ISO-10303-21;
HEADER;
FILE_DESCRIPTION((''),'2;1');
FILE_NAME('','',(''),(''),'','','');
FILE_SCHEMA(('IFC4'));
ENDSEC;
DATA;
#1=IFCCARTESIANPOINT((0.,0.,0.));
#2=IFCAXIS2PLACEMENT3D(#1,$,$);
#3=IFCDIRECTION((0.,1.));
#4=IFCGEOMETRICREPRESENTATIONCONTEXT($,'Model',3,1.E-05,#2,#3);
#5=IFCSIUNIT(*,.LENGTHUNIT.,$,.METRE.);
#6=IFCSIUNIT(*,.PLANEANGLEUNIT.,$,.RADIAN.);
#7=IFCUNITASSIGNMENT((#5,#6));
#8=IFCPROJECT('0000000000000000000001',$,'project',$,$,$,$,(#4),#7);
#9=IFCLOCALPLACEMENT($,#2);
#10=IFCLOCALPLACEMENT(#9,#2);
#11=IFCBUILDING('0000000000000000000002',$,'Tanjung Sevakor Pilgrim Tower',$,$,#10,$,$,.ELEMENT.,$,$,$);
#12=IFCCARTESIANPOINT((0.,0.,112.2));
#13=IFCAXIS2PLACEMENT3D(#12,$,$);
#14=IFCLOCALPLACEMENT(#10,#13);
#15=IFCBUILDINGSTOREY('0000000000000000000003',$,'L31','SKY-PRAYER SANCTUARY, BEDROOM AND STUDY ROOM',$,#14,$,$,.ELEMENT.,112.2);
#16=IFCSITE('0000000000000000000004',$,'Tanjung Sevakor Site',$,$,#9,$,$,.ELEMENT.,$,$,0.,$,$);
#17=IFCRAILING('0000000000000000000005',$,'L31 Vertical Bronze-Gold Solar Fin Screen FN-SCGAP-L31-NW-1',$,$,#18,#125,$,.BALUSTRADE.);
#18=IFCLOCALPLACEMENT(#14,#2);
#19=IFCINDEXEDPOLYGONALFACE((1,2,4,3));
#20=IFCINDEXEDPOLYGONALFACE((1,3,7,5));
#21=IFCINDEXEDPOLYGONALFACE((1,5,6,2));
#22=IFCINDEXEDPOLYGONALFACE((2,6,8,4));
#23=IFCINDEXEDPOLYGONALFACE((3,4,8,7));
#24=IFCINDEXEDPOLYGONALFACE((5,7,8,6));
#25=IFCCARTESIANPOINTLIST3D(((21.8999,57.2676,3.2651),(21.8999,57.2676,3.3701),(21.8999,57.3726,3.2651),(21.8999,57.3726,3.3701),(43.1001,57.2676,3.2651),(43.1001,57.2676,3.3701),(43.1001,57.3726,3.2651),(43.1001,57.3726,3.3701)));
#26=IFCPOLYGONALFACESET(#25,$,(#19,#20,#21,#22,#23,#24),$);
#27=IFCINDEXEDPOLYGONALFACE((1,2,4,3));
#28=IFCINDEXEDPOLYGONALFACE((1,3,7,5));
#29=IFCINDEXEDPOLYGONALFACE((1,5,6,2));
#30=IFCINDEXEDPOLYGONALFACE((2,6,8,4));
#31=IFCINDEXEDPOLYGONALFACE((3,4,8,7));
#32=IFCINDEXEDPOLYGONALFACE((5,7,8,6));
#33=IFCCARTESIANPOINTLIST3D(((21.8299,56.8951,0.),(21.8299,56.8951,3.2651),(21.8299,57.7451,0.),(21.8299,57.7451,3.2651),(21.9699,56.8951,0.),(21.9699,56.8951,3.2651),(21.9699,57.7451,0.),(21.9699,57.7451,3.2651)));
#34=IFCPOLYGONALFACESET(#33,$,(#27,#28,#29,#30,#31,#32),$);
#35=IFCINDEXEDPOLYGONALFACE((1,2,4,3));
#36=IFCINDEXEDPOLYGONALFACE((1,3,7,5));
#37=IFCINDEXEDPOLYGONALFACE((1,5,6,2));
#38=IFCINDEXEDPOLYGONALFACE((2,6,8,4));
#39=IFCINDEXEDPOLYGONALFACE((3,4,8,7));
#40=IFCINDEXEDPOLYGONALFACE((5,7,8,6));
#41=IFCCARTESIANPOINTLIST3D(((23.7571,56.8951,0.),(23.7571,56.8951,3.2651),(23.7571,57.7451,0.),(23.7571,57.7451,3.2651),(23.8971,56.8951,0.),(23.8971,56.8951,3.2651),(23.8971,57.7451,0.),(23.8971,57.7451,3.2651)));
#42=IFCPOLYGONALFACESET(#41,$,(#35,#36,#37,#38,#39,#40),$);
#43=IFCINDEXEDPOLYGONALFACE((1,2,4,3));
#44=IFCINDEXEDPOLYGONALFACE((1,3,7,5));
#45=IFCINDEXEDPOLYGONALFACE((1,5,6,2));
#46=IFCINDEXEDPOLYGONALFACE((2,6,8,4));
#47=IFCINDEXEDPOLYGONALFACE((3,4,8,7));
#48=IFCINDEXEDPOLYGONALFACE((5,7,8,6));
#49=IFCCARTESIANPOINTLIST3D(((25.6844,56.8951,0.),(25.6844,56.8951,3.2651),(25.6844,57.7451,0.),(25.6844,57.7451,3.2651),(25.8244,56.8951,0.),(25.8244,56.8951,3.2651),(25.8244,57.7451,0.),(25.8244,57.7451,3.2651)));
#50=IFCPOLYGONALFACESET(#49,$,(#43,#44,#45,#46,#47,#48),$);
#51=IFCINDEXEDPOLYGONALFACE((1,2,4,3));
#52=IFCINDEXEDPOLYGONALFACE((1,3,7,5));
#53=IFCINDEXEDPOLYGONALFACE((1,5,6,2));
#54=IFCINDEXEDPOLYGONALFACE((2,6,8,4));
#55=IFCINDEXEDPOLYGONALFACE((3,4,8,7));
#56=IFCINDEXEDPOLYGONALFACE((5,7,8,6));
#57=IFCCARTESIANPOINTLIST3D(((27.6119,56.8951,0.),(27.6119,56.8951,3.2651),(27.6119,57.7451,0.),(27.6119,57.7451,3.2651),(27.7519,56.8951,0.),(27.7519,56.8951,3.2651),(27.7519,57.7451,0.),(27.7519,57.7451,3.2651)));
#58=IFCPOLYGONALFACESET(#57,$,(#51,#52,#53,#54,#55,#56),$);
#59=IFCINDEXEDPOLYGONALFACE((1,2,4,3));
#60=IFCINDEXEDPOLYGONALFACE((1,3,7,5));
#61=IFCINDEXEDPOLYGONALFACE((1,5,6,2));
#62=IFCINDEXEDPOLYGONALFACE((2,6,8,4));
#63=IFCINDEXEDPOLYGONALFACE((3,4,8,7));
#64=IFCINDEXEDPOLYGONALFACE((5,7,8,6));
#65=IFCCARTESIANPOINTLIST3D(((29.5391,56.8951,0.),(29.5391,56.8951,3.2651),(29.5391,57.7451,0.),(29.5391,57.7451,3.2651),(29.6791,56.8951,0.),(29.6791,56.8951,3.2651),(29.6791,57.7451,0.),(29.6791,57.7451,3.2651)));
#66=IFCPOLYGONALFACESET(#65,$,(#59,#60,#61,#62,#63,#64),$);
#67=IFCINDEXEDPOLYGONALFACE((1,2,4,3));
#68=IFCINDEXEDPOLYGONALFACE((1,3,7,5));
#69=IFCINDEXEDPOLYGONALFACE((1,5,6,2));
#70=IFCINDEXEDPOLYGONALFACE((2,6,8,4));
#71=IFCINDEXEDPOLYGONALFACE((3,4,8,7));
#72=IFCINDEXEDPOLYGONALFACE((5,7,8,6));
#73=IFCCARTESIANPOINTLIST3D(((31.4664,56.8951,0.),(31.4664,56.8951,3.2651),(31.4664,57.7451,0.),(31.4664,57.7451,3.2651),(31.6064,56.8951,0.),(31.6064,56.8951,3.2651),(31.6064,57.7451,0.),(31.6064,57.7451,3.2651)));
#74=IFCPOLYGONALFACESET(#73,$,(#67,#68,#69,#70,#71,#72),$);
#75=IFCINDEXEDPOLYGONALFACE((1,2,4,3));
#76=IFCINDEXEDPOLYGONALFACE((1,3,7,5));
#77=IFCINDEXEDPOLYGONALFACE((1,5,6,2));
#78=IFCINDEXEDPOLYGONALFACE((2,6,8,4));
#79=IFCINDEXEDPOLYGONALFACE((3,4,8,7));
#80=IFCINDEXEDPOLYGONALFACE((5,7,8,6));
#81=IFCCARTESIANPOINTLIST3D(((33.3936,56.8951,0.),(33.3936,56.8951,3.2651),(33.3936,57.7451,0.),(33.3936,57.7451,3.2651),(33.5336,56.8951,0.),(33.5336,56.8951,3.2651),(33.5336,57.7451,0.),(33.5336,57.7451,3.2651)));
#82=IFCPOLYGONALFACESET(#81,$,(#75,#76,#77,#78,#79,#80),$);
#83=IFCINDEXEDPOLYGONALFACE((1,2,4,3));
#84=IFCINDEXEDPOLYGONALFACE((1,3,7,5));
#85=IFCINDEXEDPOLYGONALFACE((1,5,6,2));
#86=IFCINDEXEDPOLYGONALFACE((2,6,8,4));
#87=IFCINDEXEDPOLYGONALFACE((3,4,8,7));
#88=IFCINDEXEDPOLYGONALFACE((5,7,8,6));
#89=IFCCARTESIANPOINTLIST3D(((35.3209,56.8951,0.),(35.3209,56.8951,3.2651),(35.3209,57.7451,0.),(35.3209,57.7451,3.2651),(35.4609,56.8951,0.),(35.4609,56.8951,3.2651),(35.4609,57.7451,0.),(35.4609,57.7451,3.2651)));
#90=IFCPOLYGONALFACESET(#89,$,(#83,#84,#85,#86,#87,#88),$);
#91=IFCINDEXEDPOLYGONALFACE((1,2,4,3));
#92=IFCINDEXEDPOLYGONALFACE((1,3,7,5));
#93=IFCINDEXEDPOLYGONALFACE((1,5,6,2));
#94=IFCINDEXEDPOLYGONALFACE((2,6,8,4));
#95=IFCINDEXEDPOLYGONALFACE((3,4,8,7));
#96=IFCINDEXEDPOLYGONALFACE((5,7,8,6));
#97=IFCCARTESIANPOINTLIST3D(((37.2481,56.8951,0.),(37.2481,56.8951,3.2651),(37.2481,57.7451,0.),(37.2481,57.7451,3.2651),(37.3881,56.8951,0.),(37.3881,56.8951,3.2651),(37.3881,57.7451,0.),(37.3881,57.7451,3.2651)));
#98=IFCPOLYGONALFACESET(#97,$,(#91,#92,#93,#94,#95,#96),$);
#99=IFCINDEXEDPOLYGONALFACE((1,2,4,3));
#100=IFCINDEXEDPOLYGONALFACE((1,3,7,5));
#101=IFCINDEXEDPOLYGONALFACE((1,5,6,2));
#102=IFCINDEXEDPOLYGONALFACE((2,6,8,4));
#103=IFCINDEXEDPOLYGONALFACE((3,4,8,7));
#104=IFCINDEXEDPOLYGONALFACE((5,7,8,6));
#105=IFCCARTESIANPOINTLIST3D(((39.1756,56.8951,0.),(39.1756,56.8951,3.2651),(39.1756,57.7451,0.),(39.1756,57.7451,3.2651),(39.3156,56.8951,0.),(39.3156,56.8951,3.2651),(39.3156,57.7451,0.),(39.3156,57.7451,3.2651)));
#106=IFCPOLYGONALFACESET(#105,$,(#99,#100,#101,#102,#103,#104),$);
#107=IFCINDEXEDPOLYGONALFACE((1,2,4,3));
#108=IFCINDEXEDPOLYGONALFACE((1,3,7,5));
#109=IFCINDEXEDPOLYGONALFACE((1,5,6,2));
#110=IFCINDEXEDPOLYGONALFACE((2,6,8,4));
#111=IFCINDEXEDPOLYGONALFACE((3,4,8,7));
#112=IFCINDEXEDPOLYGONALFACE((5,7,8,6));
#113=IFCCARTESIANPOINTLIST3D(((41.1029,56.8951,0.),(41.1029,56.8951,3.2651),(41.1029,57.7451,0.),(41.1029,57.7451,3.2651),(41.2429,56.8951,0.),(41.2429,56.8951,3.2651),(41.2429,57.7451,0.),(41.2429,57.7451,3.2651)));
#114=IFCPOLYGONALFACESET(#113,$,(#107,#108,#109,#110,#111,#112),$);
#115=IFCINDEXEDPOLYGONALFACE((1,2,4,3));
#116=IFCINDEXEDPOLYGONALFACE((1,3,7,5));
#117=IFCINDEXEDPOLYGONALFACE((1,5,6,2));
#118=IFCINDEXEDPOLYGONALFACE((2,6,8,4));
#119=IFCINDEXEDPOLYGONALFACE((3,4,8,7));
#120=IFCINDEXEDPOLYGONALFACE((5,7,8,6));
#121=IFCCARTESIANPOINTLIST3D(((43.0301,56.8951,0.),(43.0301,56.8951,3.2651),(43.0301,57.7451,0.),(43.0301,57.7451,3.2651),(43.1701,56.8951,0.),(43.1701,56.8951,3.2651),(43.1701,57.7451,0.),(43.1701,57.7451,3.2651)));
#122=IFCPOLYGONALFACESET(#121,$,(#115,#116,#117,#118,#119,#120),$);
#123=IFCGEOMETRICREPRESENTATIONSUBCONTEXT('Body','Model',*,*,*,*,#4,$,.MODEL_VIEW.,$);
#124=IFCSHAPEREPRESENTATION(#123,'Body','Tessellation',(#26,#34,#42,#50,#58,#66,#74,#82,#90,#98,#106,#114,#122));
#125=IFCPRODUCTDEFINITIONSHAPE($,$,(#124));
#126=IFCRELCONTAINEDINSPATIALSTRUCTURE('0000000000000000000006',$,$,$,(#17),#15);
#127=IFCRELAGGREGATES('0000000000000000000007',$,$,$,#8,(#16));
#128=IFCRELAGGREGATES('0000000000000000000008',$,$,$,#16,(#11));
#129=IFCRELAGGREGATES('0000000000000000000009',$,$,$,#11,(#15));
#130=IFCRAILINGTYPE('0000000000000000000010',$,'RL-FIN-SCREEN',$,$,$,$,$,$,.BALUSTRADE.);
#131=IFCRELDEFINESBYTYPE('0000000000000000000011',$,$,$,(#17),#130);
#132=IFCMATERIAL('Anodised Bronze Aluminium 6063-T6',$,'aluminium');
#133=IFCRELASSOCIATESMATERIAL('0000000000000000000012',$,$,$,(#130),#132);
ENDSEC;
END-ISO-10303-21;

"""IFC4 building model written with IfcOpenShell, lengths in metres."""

from ifc_helpers import new_model, si_unit, direction, frame, origin, place, context, subcontext, project, spatial, rectangle, extrude, material, type_object, element, save


model = new_model("IFC4")

# Units and contexts
model_context = context("Model", 3, precision=1e-05, world=origin(), true_north=direction((0.0, 1.0)))
body_context = subcontext(model_context, "Body", "Model", "MODEL_VIEW")
ifc_project = project(units=[si_unit("LENGTHUNIT", "METRE"), si_unit("PLANEANGLEUNIT", "RADIAN")], contexts=[model_context])

# Site, building, storey
site_placement = place(None, origin())
site = spatial("IfcSite", under=ifc_project, at=site_placement, Name="Tanjung Sevakor Site", CompositionType="ELEMENT", RefElevation=0.0)
building_placement = place(site_placement, origin())
building = spatial("IfcBuilding", under=site, at=building_placement, Name="Tanjung Sevakor Pilgrim Tower", CompositionType="ELEMENT")
storey_placement = place(building_placement, frame((0.0, 0.0, 112.2)))
storey = spatial("IfcBuildingStorey", under=building, at=storey_placement, Name="L31", Description="SKY-PRAYER SANCTUARY, BEDROOM AND STUDY ROOM", CompositionType="ELEMENT", Elevation=112.2)

# Railing
ifc_material_1 = material(Name="Anodised Bronze Aluminium 6063-T6", Category="aluminium")
railing_type = type_object("IfcRailingType", Name="RL-FIN-SCREEN", PredefinedType="BALUSTRADE", material=ifc_material_1)
railing_placement = place(storey_placement, frame((21.8999, 57.3201, 0.0)))
element("IfcRailing", 1, at=railing_placement, inside=storey, type_object=railing_type, Name="L31 Vertical Bronze-Gold Solar Fin Screen FN-SCGAP-L31-NW-1", PredefinedType="BALUSTRADE", context=body_context, shape_type="SweptSolid", body=[
    extrude(rectangle(XDim=0.105, YDim=0.105), frame((0.0, 0.0, 3.3176), z_axis=(1.0, 0.0, 0.0), x_axis=(0.0, 1.0, 0.0)), (0.0, 0.0, 1.0), 21.2002),
    extrude(rectangle(XDim=0.14, YDim=0.85), origin(), (0.0, 0.0, 1.0), 3.2651),
    extrude(rectangle(XDim=0.14, YDim=0.85), frame((1.9272, 0.0, 0.0)), (0.0, 0.0, 1.0), 3.2651),
    extrude(rectangle(XDim=0.14, YDim=0.85), frame((3.8545, 0.0, 0.0)), (0.0, 0.0, 1.0), 3.2651),
    extrude(rectangle(XDim=0.14, YDim=0.85), frame((5.782, 0.0, 0.0)), (0.0, 0.0, 1.0), 3.2651),
    extrude(rectangle(XDim=0.14, YDim=0.85), frame((7.7092, 0.0, 0.0)), (0.0, 0.0, 1.0), 3.2651),
    extrude(rectangle(XDim=0.14, YDim=0.85), frame((9.6365, 0.0, 0.0)), (0.0, 0.0, 1.0), 3.2651),
    extrude(rectangle(XDim=0.14, YDim=0.85), frame((11.5637, 0.0, 0.0)), (0.0, 0.0, 1.0), 3.2651),
    extrude(rectangle(XDim=0.14, YDim=0.85), frame((13.491, 0.0, 0.0)), (0.0, 0.0, 1.0), 3.2651),
    extrude(rectangle(XDim=0.14, YDim=0.85), frame((15.4182, 0.0, 0.0)), (0.0, 0.0, 1.0), 3.2651),
    extrude(rectangle(XDim=0.14, YDim=0.85), frame((17.3457, 0.0, 0.0)), (0.0, 0.0, 1.0), 3.2651),
    extrude(rectangle(XDim=0.14, YDim=0.85), frame((19.2729, 0.0, 0.0)), (0.0, 0.0, 1.0), 3.2651),
    extrude(rectangle(XDim=0.14, YDim=0.85), frame((21.2002, 0.0, 0.0)), (0.0, 0.0, 1.0), 3.2651),
])

save(model, "model.ifc")
